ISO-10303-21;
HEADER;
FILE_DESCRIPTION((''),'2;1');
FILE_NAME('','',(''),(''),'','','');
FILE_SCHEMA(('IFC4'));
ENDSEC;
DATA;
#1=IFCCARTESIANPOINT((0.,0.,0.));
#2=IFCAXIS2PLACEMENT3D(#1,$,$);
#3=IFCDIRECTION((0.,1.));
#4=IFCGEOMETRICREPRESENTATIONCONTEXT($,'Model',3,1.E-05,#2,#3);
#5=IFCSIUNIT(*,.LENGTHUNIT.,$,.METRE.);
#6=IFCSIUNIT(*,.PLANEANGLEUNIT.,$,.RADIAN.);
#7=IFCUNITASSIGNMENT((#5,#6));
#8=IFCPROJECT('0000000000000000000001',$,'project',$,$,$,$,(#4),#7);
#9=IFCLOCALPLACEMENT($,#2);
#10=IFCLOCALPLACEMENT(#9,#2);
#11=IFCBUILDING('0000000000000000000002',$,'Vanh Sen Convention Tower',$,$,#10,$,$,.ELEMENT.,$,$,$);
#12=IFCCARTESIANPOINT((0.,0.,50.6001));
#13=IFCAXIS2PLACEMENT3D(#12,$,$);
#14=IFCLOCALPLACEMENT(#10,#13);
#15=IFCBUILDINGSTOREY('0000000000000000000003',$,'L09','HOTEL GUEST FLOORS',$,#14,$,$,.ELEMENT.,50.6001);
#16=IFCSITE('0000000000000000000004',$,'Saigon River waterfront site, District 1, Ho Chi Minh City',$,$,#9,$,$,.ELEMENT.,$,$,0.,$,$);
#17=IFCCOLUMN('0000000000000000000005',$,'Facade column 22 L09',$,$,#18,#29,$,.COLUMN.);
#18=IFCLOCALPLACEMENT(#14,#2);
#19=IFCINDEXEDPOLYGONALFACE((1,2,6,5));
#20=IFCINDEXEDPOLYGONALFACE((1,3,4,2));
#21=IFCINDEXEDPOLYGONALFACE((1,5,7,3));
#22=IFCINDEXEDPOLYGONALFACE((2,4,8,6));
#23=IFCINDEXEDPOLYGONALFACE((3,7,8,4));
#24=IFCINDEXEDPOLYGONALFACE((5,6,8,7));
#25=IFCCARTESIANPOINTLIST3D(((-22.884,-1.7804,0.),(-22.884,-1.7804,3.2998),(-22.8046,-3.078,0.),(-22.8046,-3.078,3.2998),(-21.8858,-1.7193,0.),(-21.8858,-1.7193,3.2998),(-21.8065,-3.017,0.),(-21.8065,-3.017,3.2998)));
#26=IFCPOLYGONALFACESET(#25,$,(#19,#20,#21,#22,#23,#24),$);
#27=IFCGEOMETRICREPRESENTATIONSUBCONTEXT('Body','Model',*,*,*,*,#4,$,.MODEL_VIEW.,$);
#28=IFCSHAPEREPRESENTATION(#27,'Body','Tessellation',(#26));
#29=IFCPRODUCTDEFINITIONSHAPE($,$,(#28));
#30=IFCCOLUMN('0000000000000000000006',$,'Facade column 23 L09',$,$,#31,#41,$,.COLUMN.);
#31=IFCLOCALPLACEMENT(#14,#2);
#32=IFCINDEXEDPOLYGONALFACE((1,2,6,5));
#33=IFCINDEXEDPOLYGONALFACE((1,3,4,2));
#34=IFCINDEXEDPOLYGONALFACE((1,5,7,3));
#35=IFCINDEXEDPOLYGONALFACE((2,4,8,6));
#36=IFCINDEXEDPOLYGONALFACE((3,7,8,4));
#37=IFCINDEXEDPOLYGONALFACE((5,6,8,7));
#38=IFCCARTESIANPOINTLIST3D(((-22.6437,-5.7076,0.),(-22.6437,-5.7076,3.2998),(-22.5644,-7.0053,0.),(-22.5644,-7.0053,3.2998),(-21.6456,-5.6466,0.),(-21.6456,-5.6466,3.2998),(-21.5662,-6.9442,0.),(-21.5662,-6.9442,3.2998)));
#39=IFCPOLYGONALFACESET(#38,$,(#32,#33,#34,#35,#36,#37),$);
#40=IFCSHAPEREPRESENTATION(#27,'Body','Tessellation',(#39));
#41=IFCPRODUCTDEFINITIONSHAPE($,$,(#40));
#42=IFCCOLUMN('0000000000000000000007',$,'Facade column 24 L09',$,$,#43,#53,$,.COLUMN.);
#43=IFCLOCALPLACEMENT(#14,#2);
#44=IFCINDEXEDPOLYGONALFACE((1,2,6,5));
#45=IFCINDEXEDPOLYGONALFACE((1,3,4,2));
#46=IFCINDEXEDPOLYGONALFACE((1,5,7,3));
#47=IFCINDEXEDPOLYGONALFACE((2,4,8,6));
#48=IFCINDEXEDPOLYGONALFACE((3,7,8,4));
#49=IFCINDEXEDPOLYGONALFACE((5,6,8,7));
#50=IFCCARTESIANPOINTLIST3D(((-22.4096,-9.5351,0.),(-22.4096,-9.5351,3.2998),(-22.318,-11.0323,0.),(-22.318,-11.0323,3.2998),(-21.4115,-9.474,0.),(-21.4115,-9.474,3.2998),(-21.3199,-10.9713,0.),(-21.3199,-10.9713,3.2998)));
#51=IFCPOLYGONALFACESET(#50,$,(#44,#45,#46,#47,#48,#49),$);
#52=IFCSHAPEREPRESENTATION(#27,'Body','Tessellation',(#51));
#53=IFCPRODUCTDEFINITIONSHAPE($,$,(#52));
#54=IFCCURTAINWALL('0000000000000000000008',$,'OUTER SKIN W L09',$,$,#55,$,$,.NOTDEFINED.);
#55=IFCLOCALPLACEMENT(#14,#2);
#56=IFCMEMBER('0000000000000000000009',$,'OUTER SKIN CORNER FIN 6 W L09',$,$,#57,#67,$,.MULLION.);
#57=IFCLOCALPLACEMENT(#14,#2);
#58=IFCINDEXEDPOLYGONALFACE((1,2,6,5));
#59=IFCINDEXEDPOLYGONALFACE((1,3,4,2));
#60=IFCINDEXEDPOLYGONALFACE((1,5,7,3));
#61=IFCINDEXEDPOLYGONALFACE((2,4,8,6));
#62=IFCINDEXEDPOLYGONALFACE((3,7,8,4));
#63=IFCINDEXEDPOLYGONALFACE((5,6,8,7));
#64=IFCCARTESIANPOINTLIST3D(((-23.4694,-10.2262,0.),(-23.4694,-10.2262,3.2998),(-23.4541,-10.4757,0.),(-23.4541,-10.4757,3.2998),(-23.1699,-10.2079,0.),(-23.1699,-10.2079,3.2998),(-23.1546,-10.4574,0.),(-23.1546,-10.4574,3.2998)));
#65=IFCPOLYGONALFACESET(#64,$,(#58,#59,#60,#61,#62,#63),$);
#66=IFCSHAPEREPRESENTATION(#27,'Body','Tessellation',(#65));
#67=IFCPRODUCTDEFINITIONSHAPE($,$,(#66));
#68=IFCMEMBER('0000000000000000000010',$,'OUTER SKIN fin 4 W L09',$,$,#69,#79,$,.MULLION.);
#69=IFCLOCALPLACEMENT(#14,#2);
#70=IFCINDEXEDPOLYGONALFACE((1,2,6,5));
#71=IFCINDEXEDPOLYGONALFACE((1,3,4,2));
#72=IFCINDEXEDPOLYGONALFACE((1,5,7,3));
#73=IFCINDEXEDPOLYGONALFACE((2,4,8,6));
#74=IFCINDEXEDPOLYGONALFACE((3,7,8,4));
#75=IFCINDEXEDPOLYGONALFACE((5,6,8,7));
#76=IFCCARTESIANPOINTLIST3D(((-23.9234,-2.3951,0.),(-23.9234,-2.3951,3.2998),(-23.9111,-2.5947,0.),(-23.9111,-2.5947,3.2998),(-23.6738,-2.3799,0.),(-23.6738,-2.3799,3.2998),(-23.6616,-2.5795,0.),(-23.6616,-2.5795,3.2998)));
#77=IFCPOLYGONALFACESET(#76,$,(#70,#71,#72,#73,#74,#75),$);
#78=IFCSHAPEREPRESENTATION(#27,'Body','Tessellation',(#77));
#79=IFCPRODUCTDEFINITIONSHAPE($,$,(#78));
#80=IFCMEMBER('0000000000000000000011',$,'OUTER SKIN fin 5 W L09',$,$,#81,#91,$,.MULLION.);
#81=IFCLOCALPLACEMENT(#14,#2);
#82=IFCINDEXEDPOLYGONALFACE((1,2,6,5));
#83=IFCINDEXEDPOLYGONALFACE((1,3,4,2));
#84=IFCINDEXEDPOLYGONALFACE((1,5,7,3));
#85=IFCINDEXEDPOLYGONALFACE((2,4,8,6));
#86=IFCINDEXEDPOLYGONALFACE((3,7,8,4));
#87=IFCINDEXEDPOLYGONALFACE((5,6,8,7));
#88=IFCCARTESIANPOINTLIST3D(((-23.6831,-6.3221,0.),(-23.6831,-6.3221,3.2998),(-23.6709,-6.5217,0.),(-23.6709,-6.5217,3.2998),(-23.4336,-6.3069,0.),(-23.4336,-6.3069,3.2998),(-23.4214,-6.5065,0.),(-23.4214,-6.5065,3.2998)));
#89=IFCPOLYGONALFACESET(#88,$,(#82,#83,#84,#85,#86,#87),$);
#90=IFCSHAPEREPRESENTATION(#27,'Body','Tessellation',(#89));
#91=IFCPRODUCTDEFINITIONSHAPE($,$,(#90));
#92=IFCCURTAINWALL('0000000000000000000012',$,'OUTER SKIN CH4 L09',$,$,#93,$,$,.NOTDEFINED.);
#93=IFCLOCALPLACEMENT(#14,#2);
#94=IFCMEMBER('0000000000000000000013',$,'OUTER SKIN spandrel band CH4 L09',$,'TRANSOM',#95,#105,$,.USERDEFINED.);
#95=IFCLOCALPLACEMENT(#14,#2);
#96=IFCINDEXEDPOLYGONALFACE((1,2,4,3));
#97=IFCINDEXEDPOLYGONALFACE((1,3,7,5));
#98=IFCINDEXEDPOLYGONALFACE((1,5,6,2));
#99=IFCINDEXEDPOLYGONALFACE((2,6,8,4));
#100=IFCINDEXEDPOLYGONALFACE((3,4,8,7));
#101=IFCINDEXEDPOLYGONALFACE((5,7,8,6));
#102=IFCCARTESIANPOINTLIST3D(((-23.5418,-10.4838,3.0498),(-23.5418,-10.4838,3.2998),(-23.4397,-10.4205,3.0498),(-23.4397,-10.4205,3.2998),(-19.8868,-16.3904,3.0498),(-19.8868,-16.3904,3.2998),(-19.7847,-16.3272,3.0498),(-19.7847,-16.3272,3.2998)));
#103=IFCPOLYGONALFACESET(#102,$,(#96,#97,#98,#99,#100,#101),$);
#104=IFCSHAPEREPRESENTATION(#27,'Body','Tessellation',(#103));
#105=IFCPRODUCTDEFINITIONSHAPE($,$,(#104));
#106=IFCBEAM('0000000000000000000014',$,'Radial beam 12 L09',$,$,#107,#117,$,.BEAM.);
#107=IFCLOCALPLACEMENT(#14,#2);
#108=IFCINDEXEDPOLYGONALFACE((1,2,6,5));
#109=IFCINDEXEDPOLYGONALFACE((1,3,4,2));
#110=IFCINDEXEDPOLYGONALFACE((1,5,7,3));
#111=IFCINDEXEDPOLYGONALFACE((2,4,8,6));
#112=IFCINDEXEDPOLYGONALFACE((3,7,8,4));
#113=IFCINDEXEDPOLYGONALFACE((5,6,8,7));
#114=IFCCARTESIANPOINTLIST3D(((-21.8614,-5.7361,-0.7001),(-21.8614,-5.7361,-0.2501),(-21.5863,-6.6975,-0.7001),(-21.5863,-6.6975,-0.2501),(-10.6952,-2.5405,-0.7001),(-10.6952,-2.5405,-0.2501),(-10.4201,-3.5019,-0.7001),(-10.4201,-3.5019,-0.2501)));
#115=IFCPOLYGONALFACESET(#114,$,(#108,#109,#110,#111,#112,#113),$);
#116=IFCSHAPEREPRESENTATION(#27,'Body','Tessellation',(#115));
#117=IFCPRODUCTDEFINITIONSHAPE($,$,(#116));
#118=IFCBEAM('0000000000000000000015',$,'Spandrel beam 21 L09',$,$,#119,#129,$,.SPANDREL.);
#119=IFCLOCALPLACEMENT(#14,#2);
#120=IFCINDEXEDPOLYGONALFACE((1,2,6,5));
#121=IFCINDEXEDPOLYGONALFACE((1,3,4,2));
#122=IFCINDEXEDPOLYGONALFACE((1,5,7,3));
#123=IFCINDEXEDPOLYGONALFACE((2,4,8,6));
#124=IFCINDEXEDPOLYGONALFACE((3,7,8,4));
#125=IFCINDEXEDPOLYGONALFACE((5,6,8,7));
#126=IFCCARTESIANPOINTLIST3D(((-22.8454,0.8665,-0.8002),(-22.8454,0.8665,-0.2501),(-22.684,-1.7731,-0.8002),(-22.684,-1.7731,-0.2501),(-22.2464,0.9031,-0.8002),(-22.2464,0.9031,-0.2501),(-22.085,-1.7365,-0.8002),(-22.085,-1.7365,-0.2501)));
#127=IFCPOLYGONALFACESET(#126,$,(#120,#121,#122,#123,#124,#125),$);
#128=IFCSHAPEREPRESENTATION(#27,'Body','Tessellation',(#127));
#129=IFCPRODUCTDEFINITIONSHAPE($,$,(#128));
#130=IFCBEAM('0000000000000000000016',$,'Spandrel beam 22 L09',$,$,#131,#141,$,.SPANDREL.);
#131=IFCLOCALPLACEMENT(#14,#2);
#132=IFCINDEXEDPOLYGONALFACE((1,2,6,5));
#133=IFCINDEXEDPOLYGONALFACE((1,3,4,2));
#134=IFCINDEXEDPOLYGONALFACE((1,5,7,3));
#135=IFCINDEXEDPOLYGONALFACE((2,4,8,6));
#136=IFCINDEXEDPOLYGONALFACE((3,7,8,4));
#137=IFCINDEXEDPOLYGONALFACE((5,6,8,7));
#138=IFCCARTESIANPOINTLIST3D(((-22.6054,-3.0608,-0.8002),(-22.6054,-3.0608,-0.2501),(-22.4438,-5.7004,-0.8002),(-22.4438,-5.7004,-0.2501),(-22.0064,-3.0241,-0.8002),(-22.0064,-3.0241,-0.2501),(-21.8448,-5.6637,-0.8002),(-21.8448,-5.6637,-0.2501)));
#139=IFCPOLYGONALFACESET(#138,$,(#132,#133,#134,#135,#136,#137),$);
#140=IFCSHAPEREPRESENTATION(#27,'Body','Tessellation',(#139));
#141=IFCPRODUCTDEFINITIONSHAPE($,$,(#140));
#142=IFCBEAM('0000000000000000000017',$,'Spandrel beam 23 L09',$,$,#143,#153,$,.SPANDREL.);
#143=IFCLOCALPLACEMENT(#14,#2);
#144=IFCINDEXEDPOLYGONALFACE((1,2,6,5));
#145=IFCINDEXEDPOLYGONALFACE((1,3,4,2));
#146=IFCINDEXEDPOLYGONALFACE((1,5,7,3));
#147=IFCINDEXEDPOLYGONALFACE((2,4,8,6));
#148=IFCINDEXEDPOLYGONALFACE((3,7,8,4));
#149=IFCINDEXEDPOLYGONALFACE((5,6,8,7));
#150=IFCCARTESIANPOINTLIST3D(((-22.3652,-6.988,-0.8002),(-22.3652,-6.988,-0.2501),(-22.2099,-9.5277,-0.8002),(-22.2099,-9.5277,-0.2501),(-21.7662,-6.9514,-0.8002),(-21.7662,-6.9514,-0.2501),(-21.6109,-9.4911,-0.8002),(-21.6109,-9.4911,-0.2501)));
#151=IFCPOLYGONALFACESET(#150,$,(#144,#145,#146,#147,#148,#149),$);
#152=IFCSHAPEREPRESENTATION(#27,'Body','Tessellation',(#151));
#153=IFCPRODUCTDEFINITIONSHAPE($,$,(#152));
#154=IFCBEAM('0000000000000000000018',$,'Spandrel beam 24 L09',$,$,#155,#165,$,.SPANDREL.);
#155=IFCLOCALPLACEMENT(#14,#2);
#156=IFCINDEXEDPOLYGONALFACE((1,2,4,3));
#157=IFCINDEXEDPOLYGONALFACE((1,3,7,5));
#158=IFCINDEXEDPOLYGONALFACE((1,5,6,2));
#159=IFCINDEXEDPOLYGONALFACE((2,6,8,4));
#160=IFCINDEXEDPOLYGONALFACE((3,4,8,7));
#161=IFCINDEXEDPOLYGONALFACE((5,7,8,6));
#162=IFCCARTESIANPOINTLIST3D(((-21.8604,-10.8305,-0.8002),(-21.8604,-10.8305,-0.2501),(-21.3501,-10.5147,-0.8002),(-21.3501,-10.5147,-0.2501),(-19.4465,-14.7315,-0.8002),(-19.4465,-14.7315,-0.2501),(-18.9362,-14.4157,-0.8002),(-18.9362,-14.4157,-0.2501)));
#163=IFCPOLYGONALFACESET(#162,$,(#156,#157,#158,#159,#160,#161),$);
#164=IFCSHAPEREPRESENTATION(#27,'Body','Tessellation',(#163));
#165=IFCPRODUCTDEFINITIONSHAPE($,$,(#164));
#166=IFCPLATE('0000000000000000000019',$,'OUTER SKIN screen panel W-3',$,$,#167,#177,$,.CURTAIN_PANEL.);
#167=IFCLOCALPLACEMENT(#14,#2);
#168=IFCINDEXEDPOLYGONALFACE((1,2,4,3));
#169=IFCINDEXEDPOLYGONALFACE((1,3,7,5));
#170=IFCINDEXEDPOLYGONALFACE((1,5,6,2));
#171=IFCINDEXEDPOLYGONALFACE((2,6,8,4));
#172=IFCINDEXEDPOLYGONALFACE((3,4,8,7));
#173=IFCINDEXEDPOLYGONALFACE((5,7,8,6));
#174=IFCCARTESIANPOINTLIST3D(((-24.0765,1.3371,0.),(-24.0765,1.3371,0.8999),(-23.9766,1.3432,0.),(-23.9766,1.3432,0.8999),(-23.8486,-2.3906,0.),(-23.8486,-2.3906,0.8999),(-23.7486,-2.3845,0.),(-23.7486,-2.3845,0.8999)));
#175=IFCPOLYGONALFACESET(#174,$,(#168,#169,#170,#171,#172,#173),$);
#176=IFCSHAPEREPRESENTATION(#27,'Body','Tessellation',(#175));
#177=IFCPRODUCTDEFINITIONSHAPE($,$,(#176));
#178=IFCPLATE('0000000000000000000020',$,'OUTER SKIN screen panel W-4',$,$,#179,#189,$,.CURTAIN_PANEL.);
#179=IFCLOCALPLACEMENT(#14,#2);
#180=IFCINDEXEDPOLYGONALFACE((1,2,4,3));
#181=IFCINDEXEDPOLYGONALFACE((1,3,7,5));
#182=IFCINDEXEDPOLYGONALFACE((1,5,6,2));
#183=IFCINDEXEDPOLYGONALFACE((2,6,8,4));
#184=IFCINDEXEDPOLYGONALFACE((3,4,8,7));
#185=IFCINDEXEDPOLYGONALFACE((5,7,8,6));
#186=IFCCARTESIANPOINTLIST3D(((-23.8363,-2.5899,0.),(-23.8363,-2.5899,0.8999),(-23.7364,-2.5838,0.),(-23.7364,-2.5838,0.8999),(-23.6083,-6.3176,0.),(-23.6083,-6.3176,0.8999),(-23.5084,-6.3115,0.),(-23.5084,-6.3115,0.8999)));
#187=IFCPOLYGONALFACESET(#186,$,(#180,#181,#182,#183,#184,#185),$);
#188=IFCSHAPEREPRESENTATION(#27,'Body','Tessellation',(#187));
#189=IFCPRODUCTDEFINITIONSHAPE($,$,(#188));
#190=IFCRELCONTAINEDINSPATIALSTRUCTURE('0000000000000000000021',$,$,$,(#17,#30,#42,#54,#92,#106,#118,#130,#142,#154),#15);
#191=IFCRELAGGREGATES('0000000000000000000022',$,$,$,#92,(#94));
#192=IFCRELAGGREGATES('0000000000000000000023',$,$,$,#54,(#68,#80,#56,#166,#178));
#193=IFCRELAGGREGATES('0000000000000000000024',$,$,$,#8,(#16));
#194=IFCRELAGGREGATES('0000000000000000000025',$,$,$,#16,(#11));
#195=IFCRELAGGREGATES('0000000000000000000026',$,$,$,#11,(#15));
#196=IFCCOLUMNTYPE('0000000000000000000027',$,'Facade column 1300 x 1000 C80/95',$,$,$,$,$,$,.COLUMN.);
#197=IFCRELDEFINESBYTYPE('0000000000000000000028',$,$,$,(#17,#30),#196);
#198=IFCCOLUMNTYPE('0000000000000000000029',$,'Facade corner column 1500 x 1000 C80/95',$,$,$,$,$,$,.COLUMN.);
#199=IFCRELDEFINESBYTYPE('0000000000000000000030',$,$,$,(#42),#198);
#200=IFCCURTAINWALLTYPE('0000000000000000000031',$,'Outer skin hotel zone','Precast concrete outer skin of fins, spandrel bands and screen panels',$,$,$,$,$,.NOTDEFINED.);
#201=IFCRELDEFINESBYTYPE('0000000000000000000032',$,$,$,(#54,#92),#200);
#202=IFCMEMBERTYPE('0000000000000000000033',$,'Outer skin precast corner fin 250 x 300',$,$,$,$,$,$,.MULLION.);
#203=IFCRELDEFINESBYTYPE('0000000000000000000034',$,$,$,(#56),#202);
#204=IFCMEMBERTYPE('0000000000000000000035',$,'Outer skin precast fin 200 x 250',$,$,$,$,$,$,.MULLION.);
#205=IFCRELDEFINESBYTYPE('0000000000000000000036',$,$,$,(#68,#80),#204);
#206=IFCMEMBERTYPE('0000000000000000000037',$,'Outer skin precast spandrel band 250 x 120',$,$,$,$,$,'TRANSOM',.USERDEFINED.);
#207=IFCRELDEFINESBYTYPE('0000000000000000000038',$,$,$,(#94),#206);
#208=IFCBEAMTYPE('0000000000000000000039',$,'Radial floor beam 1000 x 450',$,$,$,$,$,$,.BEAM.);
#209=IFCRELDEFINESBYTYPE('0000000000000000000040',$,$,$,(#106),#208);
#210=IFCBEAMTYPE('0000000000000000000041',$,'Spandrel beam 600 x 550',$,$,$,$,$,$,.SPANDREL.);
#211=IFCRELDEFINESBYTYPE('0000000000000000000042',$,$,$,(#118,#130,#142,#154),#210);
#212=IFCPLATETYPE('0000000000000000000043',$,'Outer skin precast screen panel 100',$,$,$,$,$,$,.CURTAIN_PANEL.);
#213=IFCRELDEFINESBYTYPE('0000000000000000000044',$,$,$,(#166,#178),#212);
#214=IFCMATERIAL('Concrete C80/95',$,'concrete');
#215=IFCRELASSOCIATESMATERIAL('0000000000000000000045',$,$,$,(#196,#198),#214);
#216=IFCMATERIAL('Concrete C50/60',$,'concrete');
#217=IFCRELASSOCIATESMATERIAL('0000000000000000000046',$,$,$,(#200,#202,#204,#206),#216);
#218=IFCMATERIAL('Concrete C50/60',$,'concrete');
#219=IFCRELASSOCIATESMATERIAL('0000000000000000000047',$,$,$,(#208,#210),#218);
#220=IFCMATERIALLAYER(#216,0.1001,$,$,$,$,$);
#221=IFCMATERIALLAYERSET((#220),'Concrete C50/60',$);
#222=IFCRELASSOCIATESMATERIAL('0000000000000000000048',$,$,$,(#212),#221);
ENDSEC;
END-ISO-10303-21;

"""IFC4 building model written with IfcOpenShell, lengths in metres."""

from ifc_helpers import new_model, si_unit, direction, frame, origin, origin_2d, place, context, subcontext, project, spatial, rectangle, extrude, material, layer, layer_set, material_profile, profile_set, type_object, element, aggregate, save


model = new_model("IFC4")

# Units and contexts
model_context = context("Model", 3, precision=1e-05, world=origin(), true_north=direction((0.0, 1.0)))
body_context = subcontext(model_context, "Body", "Model", "MODEL_VIEW")
ifc_project = project(units=[si_unit("LENGTHUNIT", "METRE"), si_unit("PLANEANGLEUNIT", "RADIAN")], contexts=[model_context])

# Site, building, storey
site_placement = place(None, origin())
site = spatial("IfcSite", under=ifc_project, at=site_placement, Name="Saigon River waterfront site, District 1, Ho Chi Minh City", CompositionType="ELEMENT", RefElevation=0.0)
building_placement = place(site_placement, origin())
building = spatial("IfcBuilding", under=site, at=building_placement, Name="Vanh Sen Convention Tower", CompositionType="ELEMENT")
storey_placement = place(building_placement, frame((0.0, 0.0, 50.6001)))
storey = spatial("IfcBuildingStorey", under=building, at=storey_placement, Name="L09", Description="HOTEL GUEST FLOORS", CompositionType="ELEMENT", Elevation=50.6001)

# Columns
ifc_material_1 = material(Name="Concrete C80/95", Category="concrete")
ifc_material_profile_1 = material_profile(ifc_material_1, rectangle(XDim=1.3, YDim=1.0, at=origin_2d()), Name="RC 1300X1000")
ifc_profile_set_1 = profile_set([ifc_material_profile_1], Name="Concrete C80/95")
column_type_1 = type_object("IfcColumnType", Name="Facade column 1300 x 1000 C80/95", PredefinedType="COLUMN", material=ifc_profile_set_1)
for number, where, z_axis, x_axis, name in (
    (1, (-22.3452, -2.3987, 0.0), (0.0, 0.0, 1.0), (0.061049, -0.998135, 0.0), "Facade column 22 L09"),
    (2, (-22.105, -6.3259, 0.0), (0.0, 0.0, 1.0), (0.061049, -0.998135, 0.0), "Facade column 23 L09"),
):
    element("IfcColumn", number, at=place(storey_placement, frame(where, z_axis=z_axis, x_axis=x_axis)), inside=storey, type_object=column_type_1, Name=name, PredefinedType="COLUMN", context=body_context, shape_type="SweptSolid", body=[
        extrude(rectangle(XDim=1.3, YDim=1.0, at=origin_2d()), origin(), (0.0, 0.0, 1.0), 3.2998),
    ])
ifc_material_profile_2 = material_profile(ifc_material_1, rectangle(XDim=1.5, YDim=1.0, at=origin_2d()), Name="RC 1500X1000")
ifc_profile_set_2 = profile_set([ifc_material_profile_2], Name="Concrete C80/95")
column_type_2 = type_object("IfcColumnType", Name="Facade corner column 1500 x 1000 C80/95", PredefinedType="COLUMN", material=ifc_profile_set_2)
column_placement = place(storey_placement, frame((-21.8647, -10.2532, 0.0), z_axis=(0.0, 0.0, 1.0), x_axis=(0.061049, -0.998135, 0.0)))
element("IfcColumn", 3, at=column_placement, inside=storey, type_object=column_type_2, Name="Facade column 24 L09", PredefinedType="COLUMN", context=body_context, shape_type="SweptSolid", body=[
    extrude(rectangle(XDim=1.5, YDim=1.0, at=origin_2d()), origin(), (0.0, 0.0, 1.0), 3.2998),
])

# Curtain wall, members
ifc_material_2 = material(Name="Concrete C50/60", Category="concrete")
curtain_wall_type = type_object("IfcCurtainWallType", Name="Outer skin hotel zone", Description="Precast concrete outer skin of fins, spandrel bands and screen panels", PredefinedType="NOTDEFINED", material=ifc_material_2)
curtain_wall_1_placement = place(storey_placement, origin())
curtain_wall_1 = element("IfcCurtainWall", 4, at=curtain_wall_1_placement, inside=storey, type_object=curtain_wall_type, Name="OUTER SKIN W L09", PredefinedType="NOTDEFINED")
ifc_material_profile_3 = material_profile(ifc_material_2, rectangle(XDim=0.25, YDim=0.3, at=origin_2d()), Name="Outer skin precast corner fin 250 x 300")
ifc_profile_set_3 = profile_set([ifc_material_profile_3], Name="Concrete C50/60")
member_type_1 = type_object("IfcMemberType", Name="Outer skin precast corner fin 250 x 300", PredefinedType="MULLION", material=ifc_profile_set_3)
member_1_placement = place(storey_placement, frame((-23.312, -10.3418, 0.0), z_axis=(0.0, 0.0, 1.0), x_axis=(0.061049, -0.998135, 0.0)))
member_1 = element("IfcMember", 5, at=member_1_placement, type_object=member_type_1, Name="OUTER SKIN CORNER FIN 6 W L09", PredefinedType="MULLION", context=body_context, shape_type="SweptSolid", body=[
    extrude(rectangle(XDim=0.25, YDim=0.3, at=origin_2d()), origin(), (0.0, 0.0, 1.0), 3.2998),
])
ifc_material_profile_4 = material_profile(ifc_material_2, rectangle(XDim=0.2, YDim=0.25, at=origin_2d()), Name="Outer skin precast fin 200 x 250")
ifc_profile_set_4 = profile_set([ifc_material_profile_4], Name="Concrete C50/60")
member_type_2 = type_object("IfcMemberType", Name="Outer skin precast fin 200 x 250", PredefinedType="MULLION", material=ifc_profile_set_4)
member_2_placement = place(storey_placement, frame((-23.7925, -2.4873, 0.0), z_axis=(0.0, 0.0, 1.0), x_axis=(0.061049, -0.998135, 0.0)))
member_2 = element("IfcMember", 6, at=member_2_placement, type_object=member_type_2, Name="OUTER SKIN fin 4 W L09", PredefinedType="MULLION", context=body_context, shape_type="SweptSolid", body=[
    extrude(rectangle(XDim=0.2, YDim=0.25, at=origin_2d()), origin(), (0.0, 0.0, 1.0), 3.2998),
])
member_3_placement = place(storey_placement, frame((-23.5522, -6.4143, 0.0), z_axis=(0.0, 0.0, 1.0), x_axis=(0.061049, -0.998135, 0.0)))
member_3 = element("IfcMember", 7, at=member_3_placement, type_object=member_type_2, Name="OUTER SKIN fin 5 W L09", PredefinedType="MULLION", context=body_context, shape_type="SweptSolid", body=[
    extrude(rectangle(XDim=0.2, YDim=0.25, at=origin_2d()), origin(), (0.0, 0.0, 1.0), 3.2998),
])

# Curtain wall, member
curtain_wall_2_placement = place(storey_placement, origin())
curtain_wall_2 = element("IfcCurtainWall", 8, at=curtain_wall_2_placement, inside=storey, type_object=curtain_wall_type, Name="OUTER SKIN CH4 L09", PredefinedType="NOTDEFINED")
ifc_material_profile_5 = material_profile(ifc_material_2, rectangle(XDim=0.1201, YDim=0.25, at=origin_2d()), Name="Outer skin precast spandrel band 250 x 120")
ifc_profile_set_5 = profile_set([ifc_material_profile_5], Name="Concrete C50/60")
member_type_3 = type_object("IfcMemberType", Name="Outer skin precast spandrel band 250 x 120", ElementType="TRANSOM", PredefinedType="USERDEFINED", material=ifc_profile_set_5)
member_4_placement = place(storey_placement, frame((-23.4907, -10.4521, 3.1748), z_axis=(0.526196, -0.850363, 0.0), x_axis=(0.850363, 0.526196, 0.0)))
member_4 = element("IfcMember", 9, at=member_4_placement, type_object=member_type_3, Name="OUTER SKIN spandrel band CH4 L09", ObjectType="TRANSOM", PredefinedType="USERDEFINED", context=body_context, shape_type="SweptSolid", body=[
    extrude(rectangle(XDim=0.1201, YDim=0.25, at=origin_2d()), origin(), (0.0, 0.0, 1.0), 6.946),
])
aggregate(curtain_wall_2, [member_4])

# Beams
ifc_material_3 = material(Name="Concrete C50/60", Category="concrete")
ifc_material_profile_6 = material_profile(ifc_material_3, rectangle(XDim=1.0, YDim=0.45, at=origin_2d()), Name="RC 1000X450")
ifc_profile_set_6 = profile_set([ifc_material_profile_6], Name="Concrete C50/60")
beam_type_1 = type_object("IfcBeamType", Name="Radial floor beam 1000 x 450", PredefinedType="BEAM", material=ifc_profile_set_6)
beam_1_placement = place(storey_placement, frame((-21.7239, -6.2168, -0.4751), z_axis=(0.961406, 0.275135, 0.0), x_axis=(-0.275135, 0.961406, 0.0)))
element("IfcBeam", 10, at=beam_1_placement, inside=storey, type_object=beam_type_1, Name="Radial beam 12 L09", PredefinedType="BEAM", context=body_context, shape_type="SweptSolid", body=[
    extrude(rectangle(XDim=1.0, YDim=0.45, at=origin_2d()), origin(), (0.0, 0.0, 1.0), 11.6145),
])
ifc_material_profile_7 = material_profile(ifc_material_3, rectangle(XDim=0.6001, YDim=0.55, at=origin_2d()), Name="RC 600X550")
ifc_profile_set_7 = profile_set([ifc_material_profile_7], Name="Concrete C50/60")
beam_type_2 = type_object("IfcBeamType", Name="Spandrel beam 600 x 550", PredefinedType="SPANDREL", material=ifc_profile_set_7)
for number, where, z_axis, x_axis, name in (
    (11, (-22.5459, 0.8848, -0.5251), (0.061022, -0.998136, 0.0), (0.998136, 0.061022, 0.0), "Spandrel beam 21 L09"),
    (12, (-22.3059, -3.0425, -0.5251), (0.061114, -0.998131, 0.0), (0.998131, 0.061114, 0.0), "Spandrel beam 22 L09"),
):
    element("IfcBeam", number, at=place(storey_placement, frame(where, z_axis=z_axis, x_axis=x_axis)), inside=storey, type_object=beam_type_2, Name=name, PredefinedType="SPANDREL", context=body_context, shape_type="SweptSolid", body=[
        extrude(rectangle(XDim=0.6001, YDim=0.55, at=origin_2d()), origin(), (0.0, 0.0, 1.0), 2.6445),
    ])
beam_2_placement = place(storey_placement, frame((-22.0657, -6.9697, -0.5251), z_axis=(0.061022, -0.998136, 0.0), x_axis=(0.998136, 0.061022, 0.0)))
element("IfcBeam", 13, at=beam_2_placement, inside=storey, type_object=beam_type_2, Name="Spandrel beam 23 L09", PredefinedType="SPANDREL", context=body_context, shape_type="SweptSolid", body=[
    extrude(rectangle(XDim=0.6001, YDim=0.55, at=origin_2d()), origin(), (0.0, 0.0, 1.0), 2.5444),
])
beam_3_placement = place(storey_placement, frame((-21.6052, -10.6726, -0.5251), z_axis=(0.526195, -0.850364, 0.0), x_axis=(0.850364, 0.526195, 0.0)))
element("IfcBeam", 14, at=beam_3_placement, inside=storey, type_object=beam_type_2, Name="Spandrel beam 24 L09", PredefinedType="SPANDREL", context=body_context, shape_type="SweptSolid", body=[
    extrude(rectangle(XDim=0.6001, YDim=0.55, at=origin_2d()), origin(), (0.0, 0.0, 1.0), 4.5874),
])

# Plates
ifc_layer_1 = layer(ifc_material_2, 0.1001)
ifc_layer_set_1 = layer_set([ifc_layer_1], Name="Concrete C50/60")
plate_type = type_object("IfcPlateType", Name="Outer skin precast screen panel 100", PredefinedType="CURTAIN_PANEL", material=ifc_layer_set_1)
plate_1_placement = place(storey_placement, frame((-23.9126, -0.5237, 0.0), z_axis=(0.0, 0.0, 1.0), x_axis=(0.061047, -0.998135, 0.0)))
plate_1 = element("IfcPlate", 15, at=plate_1_placement, type_object=plate_type, Name="OUTER SKIN screen panel W-3", PredefinedType="CURTAIN_PANEL", context=body_context, shape_type="SweptSolid", body=[
    extrude(rectangle(XDim=3.7346, YDim=0.1001, at=origin_2d()), origin(), (0.0, 0.0, 1.0), 0.8999),
])
plate_2_placement = place(storey_placement, frame((-23.6724, -4.4507, 0.0), z_axis=(0.0, 0.0, 1.0), x_axis=(0.061049, -0.998135, 0.0)))
plate_2 = element("IfcPlate", 16, at=plate_2_placement, type_object=plate_type, Name="OUTER SKIN screen panel W-4", PredefinedType="CURTAIN_PANEL", context=body_context, shape_type="SweptSolid", body=[
    extrude(rectangle(XDim=3.7346, YDim=0.1001, at=origin_2d()), origin(), (0.0, 0.0, 1.0), 0.8999),
])
aggregate(curtain_wall_1, [member_2, member_3, member_1, plate_1, plate_2])

save(model, "model.ifc")
